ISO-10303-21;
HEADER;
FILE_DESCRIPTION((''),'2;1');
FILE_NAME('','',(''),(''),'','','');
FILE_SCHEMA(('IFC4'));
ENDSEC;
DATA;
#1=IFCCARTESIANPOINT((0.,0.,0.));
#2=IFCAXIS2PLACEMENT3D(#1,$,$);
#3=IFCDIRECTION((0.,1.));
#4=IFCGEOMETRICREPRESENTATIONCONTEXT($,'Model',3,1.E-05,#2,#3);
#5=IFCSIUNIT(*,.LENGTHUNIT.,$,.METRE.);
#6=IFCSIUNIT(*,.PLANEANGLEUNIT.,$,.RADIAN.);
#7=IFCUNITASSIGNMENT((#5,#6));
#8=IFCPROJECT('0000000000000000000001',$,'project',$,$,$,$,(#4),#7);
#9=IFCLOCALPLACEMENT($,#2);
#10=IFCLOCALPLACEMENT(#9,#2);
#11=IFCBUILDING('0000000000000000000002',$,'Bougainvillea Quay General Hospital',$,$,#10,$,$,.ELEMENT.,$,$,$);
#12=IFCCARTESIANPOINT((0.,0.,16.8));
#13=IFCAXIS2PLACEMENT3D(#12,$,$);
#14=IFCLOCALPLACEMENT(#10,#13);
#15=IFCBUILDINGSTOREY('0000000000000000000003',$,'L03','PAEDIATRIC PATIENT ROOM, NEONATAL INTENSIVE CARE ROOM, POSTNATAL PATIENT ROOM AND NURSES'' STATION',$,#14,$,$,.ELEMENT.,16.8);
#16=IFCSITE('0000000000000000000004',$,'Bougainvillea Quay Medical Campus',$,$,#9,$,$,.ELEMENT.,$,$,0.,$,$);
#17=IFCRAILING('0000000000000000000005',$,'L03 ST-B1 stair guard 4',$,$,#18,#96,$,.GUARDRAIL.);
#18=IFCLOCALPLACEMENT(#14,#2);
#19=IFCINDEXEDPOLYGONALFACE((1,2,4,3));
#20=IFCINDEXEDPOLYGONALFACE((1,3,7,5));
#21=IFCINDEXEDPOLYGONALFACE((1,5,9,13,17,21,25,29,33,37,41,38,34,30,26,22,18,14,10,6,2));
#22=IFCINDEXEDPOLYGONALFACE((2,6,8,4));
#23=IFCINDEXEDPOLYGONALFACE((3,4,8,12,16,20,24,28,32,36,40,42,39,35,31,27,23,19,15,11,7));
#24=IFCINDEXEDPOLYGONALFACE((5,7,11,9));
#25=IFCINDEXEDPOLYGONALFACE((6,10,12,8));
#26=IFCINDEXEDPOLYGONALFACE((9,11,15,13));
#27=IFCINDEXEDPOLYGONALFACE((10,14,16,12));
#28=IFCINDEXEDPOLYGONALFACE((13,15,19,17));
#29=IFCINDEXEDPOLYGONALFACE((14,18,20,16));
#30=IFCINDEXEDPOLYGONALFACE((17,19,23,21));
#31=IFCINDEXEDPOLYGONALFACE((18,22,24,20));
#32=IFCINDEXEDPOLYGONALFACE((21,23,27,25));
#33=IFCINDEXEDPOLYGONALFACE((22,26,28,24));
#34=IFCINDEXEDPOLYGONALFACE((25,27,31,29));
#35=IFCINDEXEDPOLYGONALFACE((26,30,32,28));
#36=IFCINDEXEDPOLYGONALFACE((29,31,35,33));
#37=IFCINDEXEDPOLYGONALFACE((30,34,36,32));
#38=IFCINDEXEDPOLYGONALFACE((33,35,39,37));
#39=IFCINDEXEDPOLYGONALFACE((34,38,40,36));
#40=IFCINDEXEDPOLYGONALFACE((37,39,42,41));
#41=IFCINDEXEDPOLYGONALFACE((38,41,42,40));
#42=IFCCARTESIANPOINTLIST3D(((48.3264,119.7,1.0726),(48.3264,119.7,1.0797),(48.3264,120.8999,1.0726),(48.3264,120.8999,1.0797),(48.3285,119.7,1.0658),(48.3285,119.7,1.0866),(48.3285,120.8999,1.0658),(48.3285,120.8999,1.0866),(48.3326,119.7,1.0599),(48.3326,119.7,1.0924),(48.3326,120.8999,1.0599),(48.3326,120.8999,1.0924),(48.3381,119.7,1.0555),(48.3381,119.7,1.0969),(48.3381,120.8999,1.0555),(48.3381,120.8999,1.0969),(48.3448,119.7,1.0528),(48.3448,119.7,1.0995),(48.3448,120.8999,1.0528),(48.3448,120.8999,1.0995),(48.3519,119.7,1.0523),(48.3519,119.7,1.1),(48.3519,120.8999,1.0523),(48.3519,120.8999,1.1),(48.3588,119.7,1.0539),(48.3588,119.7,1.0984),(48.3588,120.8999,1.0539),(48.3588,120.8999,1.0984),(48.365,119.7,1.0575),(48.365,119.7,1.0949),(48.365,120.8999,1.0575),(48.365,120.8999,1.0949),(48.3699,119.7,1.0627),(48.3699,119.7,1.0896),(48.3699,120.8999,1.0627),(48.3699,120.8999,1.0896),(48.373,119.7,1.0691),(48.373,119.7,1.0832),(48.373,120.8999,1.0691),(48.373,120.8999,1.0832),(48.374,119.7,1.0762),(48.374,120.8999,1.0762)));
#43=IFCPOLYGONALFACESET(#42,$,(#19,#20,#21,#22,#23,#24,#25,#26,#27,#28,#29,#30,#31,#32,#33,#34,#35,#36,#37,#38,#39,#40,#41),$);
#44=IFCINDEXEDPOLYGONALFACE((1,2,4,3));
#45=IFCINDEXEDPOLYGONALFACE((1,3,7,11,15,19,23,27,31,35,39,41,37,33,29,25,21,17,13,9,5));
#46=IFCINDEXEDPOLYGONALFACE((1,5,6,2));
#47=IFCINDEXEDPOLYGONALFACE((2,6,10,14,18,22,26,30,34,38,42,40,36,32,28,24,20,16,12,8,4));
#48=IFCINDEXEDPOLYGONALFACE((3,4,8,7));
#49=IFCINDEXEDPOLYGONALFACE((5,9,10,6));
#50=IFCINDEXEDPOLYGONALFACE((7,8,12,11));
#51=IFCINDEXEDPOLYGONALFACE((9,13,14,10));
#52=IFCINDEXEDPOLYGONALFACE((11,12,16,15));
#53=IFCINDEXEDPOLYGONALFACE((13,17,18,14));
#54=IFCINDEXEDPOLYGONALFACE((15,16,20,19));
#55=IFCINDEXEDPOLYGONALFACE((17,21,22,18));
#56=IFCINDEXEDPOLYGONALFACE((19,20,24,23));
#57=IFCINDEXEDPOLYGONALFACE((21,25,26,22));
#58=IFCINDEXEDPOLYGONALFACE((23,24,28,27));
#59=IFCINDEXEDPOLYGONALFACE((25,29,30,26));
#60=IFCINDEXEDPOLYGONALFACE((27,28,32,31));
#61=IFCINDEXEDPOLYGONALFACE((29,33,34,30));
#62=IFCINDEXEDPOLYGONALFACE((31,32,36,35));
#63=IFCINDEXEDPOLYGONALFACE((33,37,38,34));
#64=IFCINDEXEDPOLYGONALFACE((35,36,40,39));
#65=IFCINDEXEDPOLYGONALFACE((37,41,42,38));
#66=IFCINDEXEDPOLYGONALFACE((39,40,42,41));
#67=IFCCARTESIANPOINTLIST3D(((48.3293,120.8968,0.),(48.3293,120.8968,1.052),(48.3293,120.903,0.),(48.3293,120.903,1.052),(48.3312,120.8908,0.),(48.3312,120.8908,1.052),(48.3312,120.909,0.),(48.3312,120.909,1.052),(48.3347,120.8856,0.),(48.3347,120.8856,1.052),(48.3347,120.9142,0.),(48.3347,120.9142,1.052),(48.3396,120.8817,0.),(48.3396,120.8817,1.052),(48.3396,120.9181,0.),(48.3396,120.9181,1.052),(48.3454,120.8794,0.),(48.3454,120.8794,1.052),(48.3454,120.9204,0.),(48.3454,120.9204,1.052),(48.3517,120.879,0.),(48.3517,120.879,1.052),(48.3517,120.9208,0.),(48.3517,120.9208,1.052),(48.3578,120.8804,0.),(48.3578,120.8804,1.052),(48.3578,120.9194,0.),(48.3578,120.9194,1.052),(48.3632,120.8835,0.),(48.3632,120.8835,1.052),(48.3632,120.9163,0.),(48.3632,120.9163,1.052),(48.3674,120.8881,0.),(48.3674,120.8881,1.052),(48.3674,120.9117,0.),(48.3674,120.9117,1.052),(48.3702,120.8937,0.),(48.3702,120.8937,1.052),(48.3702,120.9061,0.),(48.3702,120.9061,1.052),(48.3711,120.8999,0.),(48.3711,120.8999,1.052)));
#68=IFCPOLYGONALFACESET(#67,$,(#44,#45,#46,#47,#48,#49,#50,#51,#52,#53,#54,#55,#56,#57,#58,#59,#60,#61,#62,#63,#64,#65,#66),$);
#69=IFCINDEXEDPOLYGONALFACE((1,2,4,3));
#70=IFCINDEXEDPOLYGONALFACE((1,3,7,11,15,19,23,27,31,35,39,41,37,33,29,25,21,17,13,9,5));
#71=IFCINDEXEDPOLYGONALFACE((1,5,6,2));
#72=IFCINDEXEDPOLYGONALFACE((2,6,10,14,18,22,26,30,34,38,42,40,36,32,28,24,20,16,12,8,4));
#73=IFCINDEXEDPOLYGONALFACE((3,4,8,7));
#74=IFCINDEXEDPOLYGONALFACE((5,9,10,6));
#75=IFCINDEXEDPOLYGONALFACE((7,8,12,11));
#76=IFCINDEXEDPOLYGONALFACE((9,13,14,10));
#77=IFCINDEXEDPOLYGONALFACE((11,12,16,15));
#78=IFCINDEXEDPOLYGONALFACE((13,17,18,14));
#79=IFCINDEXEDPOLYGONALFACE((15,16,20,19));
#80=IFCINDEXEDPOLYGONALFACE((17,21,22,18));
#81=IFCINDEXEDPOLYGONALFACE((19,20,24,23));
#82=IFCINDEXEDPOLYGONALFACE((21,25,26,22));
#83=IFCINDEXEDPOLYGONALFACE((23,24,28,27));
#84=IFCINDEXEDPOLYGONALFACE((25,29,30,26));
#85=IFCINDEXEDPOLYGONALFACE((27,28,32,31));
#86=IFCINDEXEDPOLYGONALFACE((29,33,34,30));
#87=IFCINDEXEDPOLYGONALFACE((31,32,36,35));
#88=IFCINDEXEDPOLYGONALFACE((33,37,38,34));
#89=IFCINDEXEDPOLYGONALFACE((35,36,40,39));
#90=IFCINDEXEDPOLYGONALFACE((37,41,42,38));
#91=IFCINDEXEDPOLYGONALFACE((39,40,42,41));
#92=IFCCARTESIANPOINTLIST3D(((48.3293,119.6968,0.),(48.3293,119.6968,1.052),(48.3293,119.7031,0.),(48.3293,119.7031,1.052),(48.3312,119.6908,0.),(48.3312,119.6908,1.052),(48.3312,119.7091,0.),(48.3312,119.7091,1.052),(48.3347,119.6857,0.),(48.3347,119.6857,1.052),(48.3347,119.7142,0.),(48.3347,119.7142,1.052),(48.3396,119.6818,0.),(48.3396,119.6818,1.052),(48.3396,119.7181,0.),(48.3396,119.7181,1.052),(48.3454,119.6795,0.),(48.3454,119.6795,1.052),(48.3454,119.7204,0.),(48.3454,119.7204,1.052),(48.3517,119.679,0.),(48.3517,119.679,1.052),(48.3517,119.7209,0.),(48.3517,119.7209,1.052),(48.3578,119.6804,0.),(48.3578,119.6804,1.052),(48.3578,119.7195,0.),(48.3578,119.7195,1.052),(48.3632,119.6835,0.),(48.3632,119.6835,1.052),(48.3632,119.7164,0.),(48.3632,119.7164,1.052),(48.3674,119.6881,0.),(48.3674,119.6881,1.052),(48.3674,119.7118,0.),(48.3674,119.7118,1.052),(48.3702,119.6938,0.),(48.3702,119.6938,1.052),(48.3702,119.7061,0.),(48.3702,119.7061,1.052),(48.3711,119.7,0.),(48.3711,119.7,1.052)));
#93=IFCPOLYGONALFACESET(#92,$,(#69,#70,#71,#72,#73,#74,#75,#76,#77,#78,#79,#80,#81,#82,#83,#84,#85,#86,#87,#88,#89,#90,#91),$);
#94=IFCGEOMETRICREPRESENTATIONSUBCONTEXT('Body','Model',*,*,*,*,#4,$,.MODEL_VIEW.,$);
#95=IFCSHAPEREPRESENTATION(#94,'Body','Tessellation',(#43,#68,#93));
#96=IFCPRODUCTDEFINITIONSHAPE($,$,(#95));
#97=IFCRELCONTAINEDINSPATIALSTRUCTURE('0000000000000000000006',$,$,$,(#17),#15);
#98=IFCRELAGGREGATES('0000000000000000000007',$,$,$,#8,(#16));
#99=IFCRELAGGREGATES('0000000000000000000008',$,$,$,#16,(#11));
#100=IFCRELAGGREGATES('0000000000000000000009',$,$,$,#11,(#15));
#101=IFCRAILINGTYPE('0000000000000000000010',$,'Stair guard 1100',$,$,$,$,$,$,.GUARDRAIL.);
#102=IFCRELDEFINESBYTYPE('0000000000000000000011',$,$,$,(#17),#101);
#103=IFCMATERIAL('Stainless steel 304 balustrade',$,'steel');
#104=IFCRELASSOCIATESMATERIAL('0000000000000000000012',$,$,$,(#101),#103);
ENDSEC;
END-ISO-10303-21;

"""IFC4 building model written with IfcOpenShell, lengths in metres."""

from ifc_helpers import new_model, si_unit, direction, frame, origin, origin_2d, place, context, subcontext, project, spatial, circle, extrude, material, type_object, element, save


model = new_model("IFC4")

# Units and contexts
model_context = context("Model", 3, precision=1e-05, world=origin(), true_north=direction((0.0, 1.0)))
body_context = subcontext(model_context, "Body", "Model", "MODEL_VIEW")
ifc_project = project(units=[si_unit("LENGTHUNIT", "METRE"), si_unit("PLANEANGLEUNIT", "RADIAN")], contexts=[model_context])

# Site, building, storey
site_placement = place(None, origin())
site = spatial("IfcSite", under=ifc_project, at=site_placement, Name="Bougainvillea Quay Medical Campus", CompositionType="ELEMENT", RefElevation=0.0)
building_placement = place(site_placement, origin())
building = spatial("IfcBuilding", under=site, at=building_placement, Name="Bougainvillea Quay General Hospital", CompositionType="ELEMENT")
storey_placement = place(building_placement, frame((0.0, 0.0, 16.8)))
storey = spatial("IfcBuildingStorey", under=building, at=storey_placement, Name="L03", Description="PAEDIATRIC PATIENT ROOM, NEONATAL INTENSIVE CARE ROOM, POSTNATAL PATIENT ROOM AND NURSES' STATION", CompositionType="ELEMENT", Elevation=16.8)

# Railing
ifc_material_1 = material(Name="Stainless steel 304 balustrade", Category="steel")
railing_type_1 = type_object("IfcRailingType", Name="Stair guard 1100", PredefinedType="GUARDRAIL", material=ifc_material_1)
railing_1_placement = place(storey_placement, frame((48.3501, 120.8999, 0.0)))
element("IfcRailing", 1, at=railing_1_placement, inside=storey, type_object=railing_type_1, Name="L03 ST-B1 stair guard 4", PredefinedType="GUARDRAIL", context=body_context, shape_type="SweptSolid", body=[
    extrude(circle(Radius=0.0239, at=origin_2d()), frame((0.0, 0.0, 1.0762), z_axis=(0.0, -1.0, 0.0), x_axis=(1.0, 0.0, 0.0)), (0.0, 0.0, 1.0), 1.2),
    extrude(circle(Radius=0.021, at=origin_2d()), origin(), (0.0, 0.0, 1.0), 1.052),
    extrude(circle(Radius=0.021, at=origin_2d()), frame((0.0, -1.2, 0.0)), (0.0, 0.0, 1.0), 1.052),
])

save(model, "model.ifc")
